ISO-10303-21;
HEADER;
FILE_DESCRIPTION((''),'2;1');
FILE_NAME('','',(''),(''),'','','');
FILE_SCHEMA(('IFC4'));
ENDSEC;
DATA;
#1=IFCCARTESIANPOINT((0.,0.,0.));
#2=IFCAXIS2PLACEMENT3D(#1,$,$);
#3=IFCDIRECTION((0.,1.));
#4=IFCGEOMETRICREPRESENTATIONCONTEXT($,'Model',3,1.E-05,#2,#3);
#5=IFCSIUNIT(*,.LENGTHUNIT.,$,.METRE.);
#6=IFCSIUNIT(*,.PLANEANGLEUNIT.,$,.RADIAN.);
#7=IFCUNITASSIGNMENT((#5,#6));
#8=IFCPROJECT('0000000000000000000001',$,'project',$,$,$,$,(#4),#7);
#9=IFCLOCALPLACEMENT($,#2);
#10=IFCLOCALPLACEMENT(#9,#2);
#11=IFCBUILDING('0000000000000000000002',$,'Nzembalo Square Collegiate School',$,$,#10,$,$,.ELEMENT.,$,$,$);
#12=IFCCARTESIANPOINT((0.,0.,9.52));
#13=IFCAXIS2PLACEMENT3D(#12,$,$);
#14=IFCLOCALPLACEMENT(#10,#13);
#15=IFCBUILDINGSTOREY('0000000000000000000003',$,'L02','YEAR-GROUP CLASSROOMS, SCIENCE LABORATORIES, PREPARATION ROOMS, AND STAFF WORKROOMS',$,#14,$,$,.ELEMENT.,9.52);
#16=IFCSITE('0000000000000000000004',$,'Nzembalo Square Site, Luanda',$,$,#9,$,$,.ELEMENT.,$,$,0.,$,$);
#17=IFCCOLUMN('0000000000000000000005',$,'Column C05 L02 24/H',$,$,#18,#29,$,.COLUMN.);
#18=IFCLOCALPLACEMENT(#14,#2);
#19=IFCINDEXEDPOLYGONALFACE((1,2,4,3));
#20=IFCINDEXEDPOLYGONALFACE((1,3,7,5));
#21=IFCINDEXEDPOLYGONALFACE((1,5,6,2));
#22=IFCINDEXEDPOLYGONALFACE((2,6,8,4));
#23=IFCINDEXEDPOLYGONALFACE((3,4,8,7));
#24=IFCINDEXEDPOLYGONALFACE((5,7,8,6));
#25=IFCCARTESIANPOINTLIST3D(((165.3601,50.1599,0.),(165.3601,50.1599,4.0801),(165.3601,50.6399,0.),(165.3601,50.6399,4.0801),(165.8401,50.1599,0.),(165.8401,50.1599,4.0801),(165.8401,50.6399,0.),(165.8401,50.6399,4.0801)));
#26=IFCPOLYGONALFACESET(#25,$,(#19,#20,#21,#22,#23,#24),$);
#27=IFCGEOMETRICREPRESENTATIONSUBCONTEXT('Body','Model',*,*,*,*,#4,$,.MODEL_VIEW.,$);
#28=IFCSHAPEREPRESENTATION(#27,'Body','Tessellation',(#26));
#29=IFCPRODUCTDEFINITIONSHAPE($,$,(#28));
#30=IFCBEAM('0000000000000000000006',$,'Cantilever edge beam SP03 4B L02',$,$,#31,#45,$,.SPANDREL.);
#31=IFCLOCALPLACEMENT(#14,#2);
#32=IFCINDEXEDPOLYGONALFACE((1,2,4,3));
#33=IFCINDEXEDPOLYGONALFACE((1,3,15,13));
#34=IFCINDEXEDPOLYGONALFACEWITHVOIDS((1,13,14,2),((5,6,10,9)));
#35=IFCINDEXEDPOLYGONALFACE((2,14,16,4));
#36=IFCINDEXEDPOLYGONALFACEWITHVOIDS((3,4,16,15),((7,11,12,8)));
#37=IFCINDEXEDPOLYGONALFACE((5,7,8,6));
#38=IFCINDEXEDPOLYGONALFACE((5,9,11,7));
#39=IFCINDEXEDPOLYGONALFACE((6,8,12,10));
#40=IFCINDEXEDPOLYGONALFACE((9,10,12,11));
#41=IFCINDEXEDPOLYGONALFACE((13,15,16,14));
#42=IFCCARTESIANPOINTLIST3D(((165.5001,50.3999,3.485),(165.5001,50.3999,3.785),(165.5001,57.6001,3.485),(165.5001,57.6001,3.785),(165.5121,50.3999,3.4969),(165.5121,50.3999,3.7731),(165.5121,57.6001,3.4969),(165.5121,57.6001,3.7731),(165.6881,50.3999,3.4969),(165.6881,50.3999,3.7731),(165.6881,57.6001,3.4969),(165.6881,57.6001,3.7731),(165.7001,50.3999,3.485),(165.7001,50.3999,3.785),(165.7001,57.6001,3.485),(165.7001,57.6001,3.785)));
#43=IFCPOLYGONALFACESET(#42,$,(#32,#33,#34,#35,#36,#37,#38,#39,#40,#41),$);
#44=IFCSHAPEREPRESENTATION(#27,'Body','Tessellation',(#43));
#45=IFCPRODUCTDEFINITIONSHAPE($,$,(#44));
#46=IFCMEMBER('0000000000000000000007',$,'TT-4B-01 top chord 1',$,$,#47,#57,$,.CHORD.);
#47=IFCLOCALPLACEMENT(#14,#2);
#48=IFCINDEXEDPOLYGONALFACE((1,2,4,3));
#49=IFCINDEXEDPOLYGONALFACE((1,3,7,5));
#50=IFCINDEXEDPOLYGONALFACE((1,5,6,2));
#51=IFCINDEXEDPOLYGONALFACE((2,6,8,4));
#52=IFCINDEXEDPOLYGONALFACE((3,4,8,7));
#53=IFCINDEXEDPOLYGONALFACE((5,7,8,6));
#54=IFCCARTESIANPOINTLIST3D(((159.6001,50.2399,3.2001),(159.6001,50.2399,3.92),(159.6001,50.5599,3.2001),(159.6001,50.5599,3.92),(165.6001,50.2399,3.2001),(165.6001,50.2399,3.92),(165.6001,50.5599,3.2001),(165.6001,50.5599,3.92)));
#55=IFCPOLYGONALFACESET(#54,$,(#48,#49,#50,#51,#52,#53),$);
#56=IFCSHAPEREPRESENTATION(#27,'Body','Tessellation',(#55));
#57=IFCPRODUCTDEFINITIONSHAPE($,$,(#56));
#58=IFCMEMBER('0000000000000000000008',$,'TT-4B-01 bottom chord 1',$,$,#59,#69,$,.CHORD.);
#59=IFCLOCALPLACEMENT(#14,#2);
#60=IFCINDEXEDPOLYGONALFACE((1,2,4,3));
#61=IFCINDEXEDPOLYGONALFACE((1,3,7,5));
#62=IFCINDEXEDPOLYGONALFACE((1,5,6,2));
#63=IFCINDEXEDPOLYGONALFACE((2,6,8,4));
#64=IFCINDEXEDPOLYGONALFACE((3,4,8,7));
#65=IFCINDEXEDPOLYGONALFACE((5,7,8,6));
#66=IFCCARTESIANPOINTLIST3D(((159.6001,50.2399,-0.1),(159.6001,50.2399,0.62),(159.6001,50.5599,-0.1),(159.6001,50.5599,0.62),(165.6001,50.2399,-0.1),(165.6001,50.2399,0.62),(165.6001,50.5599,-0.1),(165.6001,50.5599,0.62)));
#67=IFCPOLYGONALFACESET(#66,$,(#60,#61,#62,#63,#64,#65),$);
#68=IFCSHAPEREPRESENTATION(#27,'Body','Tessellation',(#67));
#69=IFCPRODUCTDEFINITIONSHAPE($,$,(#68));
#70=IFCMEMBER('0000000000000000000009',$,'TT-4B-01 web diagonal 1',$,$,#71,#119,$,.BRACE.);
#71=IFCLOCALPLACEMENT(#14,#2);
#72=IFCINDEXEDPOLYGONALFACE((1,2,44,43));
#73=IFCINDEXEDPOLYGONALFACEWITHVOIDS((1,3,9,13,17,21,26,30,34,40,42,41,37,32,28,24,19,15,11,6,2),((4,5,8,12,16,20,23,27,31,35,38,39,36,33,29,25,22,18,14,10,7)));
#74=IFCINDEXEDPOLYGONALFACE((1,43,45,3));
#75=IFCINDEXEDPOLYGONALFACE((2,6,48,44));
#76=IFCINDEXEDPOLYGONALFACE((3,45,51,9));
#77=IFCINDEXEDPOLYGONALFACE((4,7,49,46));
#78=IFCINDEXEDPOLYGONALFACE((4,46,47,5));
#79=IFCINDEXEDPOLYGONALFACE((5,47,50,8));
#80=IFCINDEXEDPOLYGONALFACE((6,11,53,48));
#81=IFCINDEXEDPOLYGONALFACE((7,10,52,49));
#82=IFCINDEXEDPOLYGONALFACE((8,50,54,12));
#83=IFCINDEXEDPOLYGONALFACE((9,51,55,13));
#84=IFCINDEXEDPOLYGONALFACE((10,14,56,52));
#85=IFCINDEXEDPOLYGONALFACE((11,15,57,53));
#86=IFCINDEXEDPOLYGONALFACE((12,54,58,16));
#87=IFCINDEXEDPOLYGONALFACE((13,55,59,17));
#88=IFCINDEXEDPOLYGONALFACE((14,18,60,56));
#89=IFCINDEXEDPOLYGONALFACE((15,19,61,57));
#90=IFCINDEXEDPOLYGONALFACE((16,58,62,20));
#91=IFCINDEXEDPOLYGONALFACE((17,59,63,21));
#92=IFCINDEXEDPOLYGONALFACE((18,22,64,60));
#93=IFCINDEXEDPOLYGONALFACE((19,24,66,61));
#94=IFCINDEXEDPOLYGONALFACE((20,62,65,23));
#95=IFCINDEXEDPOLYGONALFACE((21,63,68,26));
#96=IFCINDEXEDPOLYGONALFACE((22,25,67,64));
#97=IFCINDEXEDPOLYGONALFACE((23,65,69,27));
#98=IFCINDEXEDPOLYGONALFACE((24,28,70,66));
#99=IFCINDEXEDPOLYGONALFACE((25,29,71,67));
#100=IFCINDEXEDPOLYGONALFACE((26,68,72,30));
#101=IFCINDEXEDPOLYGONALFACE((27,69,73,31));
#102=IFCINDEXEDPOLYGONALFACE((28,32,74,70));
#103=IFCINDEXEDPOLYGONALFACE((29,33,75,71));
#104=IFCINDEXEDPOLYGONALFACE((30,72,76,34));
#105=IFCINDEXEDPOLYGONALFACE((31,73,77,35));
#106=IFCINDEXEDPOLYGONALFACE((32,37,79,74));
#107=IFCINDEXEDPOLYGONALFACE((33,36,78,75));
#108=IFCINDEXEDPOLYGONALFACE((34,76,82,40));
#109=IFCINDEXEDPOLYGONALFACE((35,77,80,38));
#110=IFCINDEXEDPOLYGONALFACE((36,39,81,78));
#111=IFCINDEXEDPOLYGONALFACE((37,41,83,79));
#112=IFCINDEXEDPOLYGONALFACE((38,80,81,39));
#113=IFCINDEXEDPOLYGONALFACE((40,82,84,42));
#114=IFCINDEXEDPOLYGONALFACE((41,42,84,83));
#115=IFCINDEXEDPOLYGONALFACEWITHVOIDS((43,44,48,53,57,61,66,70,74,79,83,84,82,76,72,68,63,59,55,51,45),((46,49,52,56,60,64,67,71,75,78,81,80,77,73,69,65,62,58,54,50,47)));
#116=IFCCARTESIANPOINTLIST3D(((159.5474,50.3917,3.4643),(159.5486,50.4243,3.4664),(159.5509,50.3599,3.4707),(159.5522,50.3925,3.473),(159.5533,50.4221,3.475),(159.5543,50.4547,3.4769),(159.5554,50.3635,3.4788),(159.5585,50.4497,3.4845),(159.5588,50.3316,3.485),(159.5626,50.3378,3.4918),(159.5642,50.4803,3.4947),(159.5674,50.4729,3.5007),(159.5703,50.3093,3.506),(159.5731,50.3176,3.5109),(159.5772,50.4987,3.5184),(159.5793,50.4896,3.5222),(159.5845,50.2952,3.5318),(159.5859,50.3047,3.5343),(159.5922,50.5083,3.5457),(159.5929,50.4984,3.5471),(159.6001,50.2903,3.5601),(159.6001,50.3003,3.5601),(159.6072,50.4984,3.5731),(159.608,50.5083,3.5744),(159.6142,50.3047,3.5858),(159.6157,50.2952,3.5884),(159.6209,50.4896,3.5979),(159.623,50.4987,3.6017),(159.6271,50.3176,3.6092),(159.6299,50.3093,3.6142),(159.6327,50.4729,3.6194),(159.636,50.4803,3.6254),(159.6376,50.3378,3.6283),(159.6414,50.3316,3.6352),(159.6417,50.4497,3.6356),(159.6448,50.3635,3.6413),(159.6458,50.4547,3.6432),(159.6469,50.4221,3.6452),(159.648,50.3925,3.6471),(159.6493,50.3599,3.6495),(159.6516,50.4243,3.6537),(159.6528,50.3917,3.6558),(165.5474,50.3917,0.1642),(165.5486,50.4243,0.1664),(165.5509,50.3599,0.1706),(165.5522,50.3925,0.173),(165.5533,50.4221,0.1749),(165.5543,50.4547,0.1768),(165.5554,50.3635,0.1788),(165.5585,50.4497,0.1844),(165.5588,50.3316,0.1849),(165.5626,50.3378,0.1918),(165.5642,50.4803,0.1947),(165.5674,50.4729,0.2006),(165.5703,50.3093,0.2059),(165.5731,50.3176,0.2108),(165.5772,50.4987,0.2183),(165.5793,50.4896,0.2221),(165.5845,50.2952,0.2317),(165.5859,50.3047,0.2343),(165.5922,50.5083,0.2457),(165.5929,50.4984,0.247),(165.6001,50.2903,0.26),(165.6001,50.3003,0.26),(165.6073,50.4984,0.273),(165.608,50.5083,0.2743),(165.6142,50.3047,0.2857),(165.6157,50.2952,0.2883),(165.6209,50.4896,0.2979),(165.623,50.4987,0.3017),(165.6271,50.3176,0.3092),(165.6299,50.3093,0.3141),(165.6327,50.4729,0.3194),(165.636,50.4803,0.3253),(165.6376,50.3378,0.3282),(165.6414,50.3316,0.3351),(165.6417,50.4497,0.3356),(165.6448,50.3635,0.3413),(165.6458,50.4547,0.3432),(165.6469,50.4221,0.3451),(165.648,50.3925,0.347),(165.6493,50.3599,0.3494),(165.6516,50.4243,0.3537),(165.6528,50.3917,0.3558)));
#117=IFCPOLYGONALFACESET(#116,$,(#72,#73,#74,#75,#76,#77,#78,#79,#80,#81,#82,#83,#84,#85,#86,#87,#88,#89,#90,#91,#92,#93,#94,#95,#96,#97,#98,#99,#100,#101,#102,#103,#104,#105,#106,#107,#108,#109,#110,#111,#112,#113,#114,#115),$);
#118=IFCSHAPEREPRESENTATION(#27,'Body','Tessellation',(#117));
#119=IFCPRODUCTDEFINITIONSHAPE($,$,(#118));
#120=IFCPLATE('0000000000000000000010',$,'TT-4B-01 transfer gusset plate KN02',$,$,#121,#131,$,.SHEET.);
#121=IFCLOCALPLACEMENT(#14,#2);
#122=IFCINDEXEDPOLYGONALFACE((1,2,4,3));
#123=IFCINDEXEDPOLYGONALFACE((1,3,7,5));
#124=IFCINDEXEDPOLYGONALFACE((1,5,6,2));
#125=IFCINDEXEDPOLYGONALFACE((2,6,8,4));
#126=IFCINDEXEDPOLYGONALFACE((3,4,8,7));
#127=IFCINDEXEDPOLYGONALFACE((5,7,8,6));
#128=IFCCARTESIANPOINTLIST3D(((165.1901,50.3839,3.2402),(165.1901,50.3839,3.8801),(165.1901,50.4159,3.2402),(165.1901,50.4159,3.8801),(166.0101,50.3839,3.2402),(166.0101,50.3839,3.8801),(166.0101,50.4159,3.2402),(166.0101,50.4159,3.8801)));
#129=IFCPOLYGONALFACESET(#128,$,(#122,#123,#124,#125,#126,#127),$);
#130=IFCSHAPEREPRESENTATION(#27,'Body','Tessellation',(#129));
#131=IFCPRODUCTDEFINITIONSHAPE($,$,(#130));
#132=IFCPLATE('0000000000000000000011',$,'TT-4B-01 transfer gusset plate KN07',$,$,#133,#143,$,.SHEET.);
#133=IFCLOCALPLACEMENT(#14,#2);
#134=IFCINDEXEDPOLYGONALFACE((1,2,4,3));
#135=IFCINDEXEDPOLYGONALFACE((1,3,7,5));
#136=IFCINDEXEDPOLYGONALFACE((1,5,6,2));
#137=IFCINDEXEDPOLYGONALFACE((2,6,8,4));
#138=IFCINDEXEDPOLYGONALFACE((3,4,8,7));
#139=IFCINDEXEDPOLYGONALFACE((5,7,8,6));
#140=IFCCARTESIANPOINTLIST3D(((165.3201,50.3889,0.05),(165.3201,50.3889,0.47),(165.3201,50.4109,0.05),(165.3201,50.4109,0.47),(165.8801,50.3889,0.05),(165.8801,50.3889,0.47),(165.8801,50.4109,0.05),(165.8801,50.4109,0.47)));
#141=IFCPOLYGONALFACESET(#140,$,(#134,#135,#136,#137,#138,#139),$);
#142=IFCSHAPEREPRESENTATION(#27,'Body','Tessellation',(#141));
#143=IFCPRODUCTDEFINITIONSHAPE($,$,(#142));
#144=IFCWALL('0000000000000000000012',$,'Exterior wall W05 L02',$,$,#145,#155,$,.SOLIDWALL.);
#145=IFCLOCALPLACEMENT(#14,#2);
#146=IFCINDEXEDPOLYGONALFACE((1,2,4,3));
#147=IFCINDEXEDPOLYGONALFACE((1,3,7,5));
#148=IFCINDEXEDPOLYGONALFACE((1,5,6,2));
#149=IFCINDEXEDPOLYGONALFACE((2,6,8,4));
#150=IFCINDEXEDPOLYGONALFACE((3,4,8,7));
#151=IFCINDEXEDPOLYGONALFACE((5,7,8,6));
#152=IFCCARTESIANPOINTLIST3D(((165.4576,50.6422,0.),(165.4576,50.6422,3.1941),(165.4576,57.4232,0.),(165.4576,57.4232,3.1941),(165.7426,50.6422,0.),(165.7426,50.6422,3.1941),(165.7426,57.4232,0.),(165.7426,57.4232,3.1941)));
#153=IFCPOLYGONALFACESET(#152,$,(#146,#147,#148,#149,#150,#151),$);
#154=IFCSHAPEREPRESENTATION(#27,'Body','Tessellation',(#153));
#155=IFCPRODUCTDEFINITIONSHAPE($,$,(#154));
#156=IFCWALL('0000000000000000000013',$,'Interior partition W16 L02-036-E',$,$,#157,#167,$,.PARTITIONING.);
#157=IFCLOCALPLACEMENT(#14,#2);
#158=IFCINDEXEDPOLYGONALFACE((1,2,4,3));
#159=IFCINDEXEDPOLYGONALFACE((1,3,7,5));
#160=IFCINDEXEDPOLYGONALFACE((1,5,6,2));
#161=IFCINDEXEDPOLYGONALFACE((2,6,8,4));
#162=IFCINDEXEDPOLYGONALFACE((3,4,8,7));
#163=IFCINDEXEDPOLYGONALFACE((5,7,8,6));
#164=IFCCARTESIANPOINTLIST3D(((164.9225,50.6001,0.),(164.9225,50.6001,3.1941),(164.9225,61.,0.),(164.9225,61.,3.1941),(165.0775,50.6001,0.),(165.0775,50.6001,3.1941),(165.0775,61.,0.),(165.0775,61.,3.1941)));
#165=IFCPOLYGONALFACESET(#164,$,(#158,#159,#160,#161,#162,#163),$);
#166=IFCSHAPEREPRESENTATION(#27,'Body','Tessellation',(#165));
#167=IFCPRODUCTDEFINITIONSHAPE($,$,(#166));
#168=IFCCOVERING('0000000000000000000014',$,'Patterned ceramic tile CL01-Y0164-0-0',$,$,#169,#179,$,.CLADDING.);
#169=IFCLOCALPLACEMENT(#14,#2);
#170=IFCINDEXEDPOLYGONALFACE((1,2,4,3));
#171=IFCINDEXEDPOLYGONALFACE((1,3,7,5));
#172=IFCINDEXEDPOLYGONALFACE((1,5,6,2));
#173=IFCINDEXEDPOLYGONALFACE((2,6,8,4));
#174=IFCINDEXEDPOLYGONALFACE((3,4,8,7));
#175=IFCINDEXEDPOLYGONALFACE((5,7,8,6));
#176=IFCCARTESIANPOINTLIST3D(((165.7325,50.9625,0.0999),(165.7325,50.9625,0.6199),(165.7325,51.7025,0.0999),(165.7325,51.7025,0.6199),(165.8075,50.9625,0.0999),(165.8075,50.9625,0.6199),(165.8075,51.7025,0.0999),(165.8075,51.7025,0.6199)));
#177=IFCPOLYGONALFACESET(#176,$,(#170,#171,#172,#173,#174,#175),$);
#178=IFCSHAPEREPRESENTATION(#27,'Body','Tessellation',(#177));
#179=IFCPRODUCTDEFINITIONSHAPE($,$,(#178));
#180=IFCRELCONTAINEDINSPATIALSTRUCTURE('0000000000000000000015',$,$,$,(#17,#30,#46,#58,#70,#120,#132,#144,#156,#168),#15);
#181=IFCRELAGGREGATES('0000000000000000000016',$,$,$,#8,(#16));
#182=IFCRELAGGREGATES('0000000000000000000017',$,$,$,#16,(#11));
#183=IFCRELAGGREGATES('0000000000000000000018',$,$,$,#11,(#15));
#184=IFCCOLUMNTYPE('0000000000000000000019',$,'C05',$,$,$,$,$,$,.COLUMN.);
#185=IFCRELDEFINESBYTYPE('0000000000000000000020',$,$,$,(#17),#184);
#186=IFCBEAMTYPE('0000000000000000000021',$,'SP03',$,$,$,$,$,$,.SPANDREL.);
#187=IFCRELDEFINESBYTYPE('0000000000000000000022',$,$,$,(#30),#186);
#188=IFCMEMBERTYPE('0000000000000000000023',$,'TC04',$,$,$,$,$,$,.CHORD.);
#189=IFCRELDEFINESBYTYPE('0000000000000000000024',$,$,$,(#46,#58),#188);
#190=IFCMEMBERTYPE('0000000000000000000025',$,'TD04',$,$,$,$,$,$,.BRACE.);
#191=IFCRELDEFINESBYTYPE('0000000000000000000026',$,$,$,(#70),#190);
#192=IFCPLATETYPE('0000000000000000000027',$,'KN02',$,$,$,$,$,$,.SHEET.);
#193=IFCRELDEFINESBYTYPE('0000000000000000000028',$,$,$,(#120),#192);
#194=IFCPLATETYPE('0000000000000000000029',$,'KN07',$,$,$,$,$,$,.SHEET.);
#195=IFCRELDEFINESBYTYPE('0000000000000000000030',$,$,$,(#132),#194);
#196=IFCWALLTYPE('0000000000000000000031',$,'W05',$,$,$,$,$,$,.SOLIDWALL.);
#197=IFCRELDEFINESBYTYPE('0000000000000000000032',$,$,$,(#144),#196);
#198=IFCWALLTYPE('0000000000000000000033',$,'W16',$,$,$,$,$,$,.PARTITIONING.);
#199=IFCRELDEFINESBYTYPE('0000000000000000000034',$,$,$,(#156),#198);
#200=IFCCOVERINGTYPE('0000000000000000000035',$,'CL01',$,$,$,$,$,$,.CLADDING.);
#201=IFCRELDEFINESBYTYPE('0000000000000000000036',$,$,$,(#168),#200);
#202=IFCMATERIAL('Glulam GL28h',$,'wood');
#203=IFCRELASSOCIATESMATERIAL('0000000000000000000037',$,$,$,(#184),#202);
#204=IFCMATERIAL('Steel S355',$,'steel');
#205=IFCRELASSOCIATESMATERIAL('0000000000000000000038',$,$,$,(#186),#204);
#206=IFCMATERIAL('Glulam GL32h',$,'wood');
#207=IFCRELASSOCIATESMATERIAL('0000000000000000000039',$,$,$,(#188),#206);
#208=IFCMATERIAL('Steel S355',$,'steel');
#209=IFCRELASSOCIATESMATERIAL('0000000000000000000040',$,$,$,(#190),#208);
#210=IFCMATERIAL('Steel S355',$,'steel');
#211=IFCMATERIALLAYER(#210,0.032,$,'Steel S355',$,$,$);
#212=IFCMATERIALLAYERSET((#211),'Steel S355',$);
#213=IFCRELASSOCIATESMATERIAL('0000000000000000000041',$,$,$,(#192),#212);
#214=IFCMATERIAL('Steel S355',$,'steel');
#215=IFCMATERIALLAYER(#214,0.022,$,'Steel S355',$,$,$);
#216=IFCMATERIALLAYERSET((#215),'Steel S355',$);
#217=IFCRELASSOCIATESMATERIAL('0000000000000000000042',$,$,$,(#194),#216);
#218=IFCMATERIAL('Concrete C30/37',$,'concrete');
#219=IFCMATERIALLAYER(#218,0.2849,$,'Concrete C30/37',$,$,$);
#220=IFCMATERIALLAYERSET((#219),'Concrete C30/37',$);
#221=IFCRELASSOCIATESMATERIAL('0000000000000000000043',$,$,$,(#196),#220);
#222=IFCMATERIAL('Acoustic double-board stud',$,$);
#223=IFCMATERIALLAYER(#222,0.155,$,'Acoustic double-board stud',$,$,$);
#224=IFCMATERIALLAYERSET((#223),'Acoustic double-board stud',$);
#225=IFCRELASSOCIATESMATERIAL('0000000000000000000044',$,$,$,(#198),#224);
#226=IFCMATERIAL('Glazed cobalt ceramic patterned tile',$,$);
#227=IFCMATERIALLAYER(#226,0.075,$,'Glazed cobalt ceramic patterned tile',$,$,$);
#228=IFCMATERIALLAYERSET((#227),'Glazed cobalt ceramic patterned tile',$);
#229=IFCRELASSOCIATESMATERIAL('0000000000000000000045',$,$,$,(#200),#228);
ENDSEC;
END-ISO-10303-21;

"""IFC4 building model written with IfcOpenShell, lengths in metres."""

from ifc_helpers import new_model, si_unit, direction, frame, frame_2d, origin, origin_2d, place, context, subcontext, project, spatial, rectangle, hollow_rectangle, hollow_circle, extrude, material, layer, layer_set, material_profile, profile_set, type_object, element, save


model = new_model("IFC4")

# Units and contexts
model_context = context("Model", 3, precision=1e-05, world=origin(), true_north=direction((0.0, 1.0)))
body_context = subcontext(model_context, "Body", "Model", "MODEL_VIEW")
ifc_project = project(units=[si_unit("LENGTHUNIT", "METRE"), si_unit("PLANEANGLEUNIT", "RADIAN")], contexts=[model_context])

# Site, building, storey
site_placement = place(None, origin())
site = spatial("IfcSite", under=ifc_project, at=site_placement, Name="Nzembalo Square Site, Luanda", CompositionType="ELEMENT", RefElevation=0.0)
building_placement = place(site_placement, origin())
building = spatial("IfcBuilding", under=site, at=building_placement, Name="Nzembalo Square Collegiate School", CompositionType="ELEMENT")
storey_placement = place(building_placement, frame((0.0, 0.0, 9.52)))
storey = spatial("IfcBuildingStorey", under=building, at=storey_placement, Name="L02", Description="YEAR-GROUP CLASSROOMS, SCIENCE LABORATORIES, PREPARATION ROOMS, AND STAFF WORKROOMS", CompositionType="ELEMENT", Elevation=9.52)

# Column
ifc_material_1 = material(Name="Glulam GL28h", Category="wood")
ifc_material_profile_1 = material_profile(ifc_material_1, rectangle(XDim=0.48, YDim=0.48, at=origin_2d()), Name="GL28h 480x480")
ifc_profile_set_1 = profile_set([ifc_material_profile_1], Name="Glulam GL28h")
column_type = type_object("IfcColumnType", Name="C05", PredefinedType="COLUMN", material=ifc_profile_set_1)
column_placement = place(storey_placement, frame((165.6001, 50.3999, 0.0), z_axis=(0.0, 0.0, 1.0), x_axis=(1.0, 0.0, 0.0)))
element("IfcColumn", 1, at=column_placement, inside=storey, type_object=column_type, Name="Column C05 L02 24/H", PredefinedType="COLUMN", context=body_context, shape_type="SweptSolid", body=[
    extrude(rectangle(XDim=0.48, YDim=0.48, at=origin_2d()), origin(), (0.0, 0.0, 1.0), 4.0801),
])

# Beam
ifc_material_2 = material(Name="Steel S355", Category="steel")
ifc_material_profile_2 = material_profile(ifc_material_2, hollow_rectangle(XDim=0.2, YDim=0.3, WallThickness=0.012, at=origin_2d()), Name="RHS 300x200x12")
ifc_profile_set_2 = profile_set([ifc_material_profile_2], Name="Steel S355")
beam_type = type_object("IfcBeamType", Name="SP03", PredefinedType="SPANDREL", material=ifc_profile_set_2)
beam_placement = place(storey_placement, frame((165.6001, 50.3999, 3.635), z_axis=(0.0, 1.0, 0.0), x_axis=(-1.0, 0.0, 0.0)))
element("IfcBeam", 2, at=beam_placement, inside=storey, type_object=beam_type, Name="Cantilever edge beam SP03 4B L02", PredefinedType="SPANDREL", context=body_context, shape_type="SweptSolid", body=[
    extrude(hollow_rectangle(XDim=0.2, YDim=0.3, WallThickness=0.012, at=origin_2d()), origin(), (0.0, 0.0, 1.0), 7.2002),
])

# Members
ifc_material_3 = material(Name="Glulam GL32h", Category="wood")
ifc_material_profile_3 = material_profile(ifc_material_3, rectangle(XDim=0.3201, YDim=0.72, at=origin_2d()), Name="GL32h 320x720")
ifc_profile_set_3 = profile_set([ifc_material_profile_3], Name="Glulam GL32h")
member_type_1 = type_object("IfcMemberType", Name="TC04", PredefinedType="CHORD", material=ifc_profile_set_3)
for number, where, z_axis, x_axis, name in (
    (3, (165.6001, 50.3999, 3.5601), (-1.0, 0.0, 0.0), (0.0, -1.0, 0.0), "TT-4B-01 top chord 1"),
    (4, (165.6001, 50.3999, 0.26), (-1.0, 0.0, 0.0), (0.0, -1.0, 0.0), "TT-4B-01 bottom chord 1"),
):
    element("IfcMember", number, at=place(storey_placement, frame(where, z_axis=z_axis, x_axis=x_axis)), inside=storey, type_object=member_type_1, Name=name, PredefinedType="CHORD", context=body_context, shape_type="SweptSolid", body=[
        extrude(rectangle(XDim=0.3201, YDim=0.72, at=origin_2d()), origin(), (0.0, 0.0, 1.0), 6.0),
    ])
ifc_material_4 = material(Name="Steel S355", Category="steel")
ifc_material_profile_4 = material_profile(ifc_material_4, hollow_circle(Radius=0.1096, WallThickness=0.01, at=origin_2d()), Name="CHS 219x10")
ifc_profile_set_4 = profile_set([ifc_material_profile_4], Name="Steel S355")
member_type_2 = type_object("IfcMemberType", Name="TD04", PredefinedType="BRACE", material=ifc_profile_set_4)
member_placement = place(storey_placement, frame((165.6001, 50.3999, 0.26), z_axis=(-0.876213, 0.0, 0.481924), x_axis=(0.0, -1.0, 0.0)))
element("IfcMember", 5, at=member_placement, inside=storey, type_object=member_type_2, Name="TT-4B-01 web diagonal 1", PredefinedType="BRACE", context=body_context, shape_type="SweptSolid", body=[
    extrude(hollow_circle(Radius=0.1096, WallThickness=0.01, at=origin_2d()), origin(), (0.0, 0.0, 1.0), 6.8477),
])

# Plates
ifc_material_5 = material(Name="Steel S355", Category="steel")
ifc_layer_1 = layer(ifc_material_5, 0.032, Name="Steel S355")
ifc_layer_set_1 = layer_set([ifc_layer_1], Name="Steel S355")
plate_type_1 = type_object("IfcPlateType", Name="KN02", PredefinedType="SHEET", material=ifc_layer_set_1)
plate_1_placement = place(storey_placement, frame((165.6001, 50.3999, 3.2402), z_axis=(0.0, 0.0, 1.0), x_axis=(1.0, 0.0, 0.0)))
element("IfcPlate", 6, at=plate_1_placement, inside=storey, type_object=plate_type_1, Name="TT-4B-01 transfer gusset plate KN02", PredefinedType="SHEET", context=body_context, shape_type="SweptSolid", body=[
    extrude(rectangle(XDim=0.8201, YDim=0.032, at=origin_2d()), origin(), (0.0, 0.0, 1.0), 0.6399),
])
ifc_material_6 = material(Name="Steel S355", Category="steel")
ifc_layer_2 = layer(ifc_material_6, 0.022, Name="Steel S355")
ifc_layer_set_2 = layer_set([ifc_layer_2], Name="Steel S355")
plate_type_2 = type_object("IfcPlateType", Name="KN07", PredefinedType="SHEET", material=ifc_layer_set_2)
plate_2_placement = place(storey_placement, frame((165.6001, 50.3999, 0.05), z_axis=(0.0, 0.0, 1.0), x_axis=(1.0, 0.0, 0.0)))
element("IfcPlate", 7, at=plate_2_placement, inside=storey, type_object=plate_type_2, Name="TT-4B-01 transfer gusset plate KN07", PredefinedType="SHEET", context=body_context, shape_type="SweptSolid", body=[
    extrude(rectangle(XDim=0.5601, YDim=0.022, at=origin_2d()), origin(), (0.0, 0.0, 1.0), 0.4199),
])

# Walls
ifc_material_7 = material(Name="Concrete C30/37", Category="concrete")
ifc_layer_3 = layer(ifc_material_7, 0.2849, Name="Concrete C30/37")
ifc_layer_set_3 = layer_set([ifc_layer_3], Name="Concrete C30/37")
wall_type_1 = type_object("IfcWallType", Name="W05", PredefinedType="SOLIDWALL", material=ifc_layer_set_3)
wall_1_placement = place(storey_placement, frame((165.6001, 50.6421, 0.0), z_axis=(0.0, 0.0, 1.0), x_axis=(0.0, 1.0, 0.0)))
element("IfcWall", 8, at=wall_1_placement, inside=storey, type_object=wall_type_1, Name="Exterior wall W05 L02", PredefinedType="SOLIDWALL", context=body_context, shape_type="SweptSolid", body=[
    extrude(rectangle(XDim=6.781, YDim=0.2849, at=frame_2d((3.3906, 0.0))), origin(), (0.0, 0.0, 1.0), 3.1941),
])
ifc_material_8 = material(Name="Acoustic double-board stud")
ifc_layer_4 = layer(ifc_material_8, 0.155, Name="Acoustic double-board stud")
ifc_layer_set_4 = layer_set([ifc_layer_4], Name="Acoustic double-board stud")
wall_type_2 = type_object("IfcWallType", Name="W16", PredefinedType="PARTITIONING", material=ifc_layer_set_4)
wall_2_placement = place(storey_placement, frame((165.0, 50.6001, 0.0), z_axis=(0.0, 0.0, 1.0), x_axis=(0.0, 1.0, 0.0)))
element("IfcWall", 9, at=wall_2_placement, inside=storey, type_object=wall_type_2, Name="Interior partition W16 L02-036-E", PredefinedType="PARTITIONING", context=body_context, shape_type="SweptSolid", body=[
    extrude(rectangle(XDim=10.3999, YDim=0.155, at=frame_2d((5.2, 0.0))), origin(), (0.0, 0.0, 1.0), 3.1941),
])

# Covering
ifc_material_9 = material(Name="Glazed cobalt ceramic patterned tile")
ifc_layer_5 = layer(ifc_material_9, 0.075, Name="Glazed cobalt ceramic patterned tile")
ifc_layer_set_5 = layer_set([ifc_layer_5], Name="Glazed cobalt ceramic patterned tile")
covering_type_1 = type_object("IfcCoveringType", Name="CL01", PredefinedType="CLADDING", material=ifc_layer_set_5)
for number, where, z_axis, x_axis, name in (
    (10, (165.77, 51.3325, 0.0999), (0.0, 0.0, 1.0), (1.0, 0.0, 0.0), "Patterned ceramic tile CL01-Y0164-0-0"),
):
    element("IfcCovering", number, at=place(storey_placement, frame(where, z_axis=z_axis, x_axis=x_axis)), inside=storey, type_object=covering_type_1, Name=name, PredefinedType="CLADDING", context=body_context, shape_type="SweptSolid", body=[
        extrude(rectangle(XDim=0.075, YDim=0.74, at=origin_2d()), origin(), (0.0, 0.0, 1.0), 0.52),
    ])

save(model, "model.ifc")
